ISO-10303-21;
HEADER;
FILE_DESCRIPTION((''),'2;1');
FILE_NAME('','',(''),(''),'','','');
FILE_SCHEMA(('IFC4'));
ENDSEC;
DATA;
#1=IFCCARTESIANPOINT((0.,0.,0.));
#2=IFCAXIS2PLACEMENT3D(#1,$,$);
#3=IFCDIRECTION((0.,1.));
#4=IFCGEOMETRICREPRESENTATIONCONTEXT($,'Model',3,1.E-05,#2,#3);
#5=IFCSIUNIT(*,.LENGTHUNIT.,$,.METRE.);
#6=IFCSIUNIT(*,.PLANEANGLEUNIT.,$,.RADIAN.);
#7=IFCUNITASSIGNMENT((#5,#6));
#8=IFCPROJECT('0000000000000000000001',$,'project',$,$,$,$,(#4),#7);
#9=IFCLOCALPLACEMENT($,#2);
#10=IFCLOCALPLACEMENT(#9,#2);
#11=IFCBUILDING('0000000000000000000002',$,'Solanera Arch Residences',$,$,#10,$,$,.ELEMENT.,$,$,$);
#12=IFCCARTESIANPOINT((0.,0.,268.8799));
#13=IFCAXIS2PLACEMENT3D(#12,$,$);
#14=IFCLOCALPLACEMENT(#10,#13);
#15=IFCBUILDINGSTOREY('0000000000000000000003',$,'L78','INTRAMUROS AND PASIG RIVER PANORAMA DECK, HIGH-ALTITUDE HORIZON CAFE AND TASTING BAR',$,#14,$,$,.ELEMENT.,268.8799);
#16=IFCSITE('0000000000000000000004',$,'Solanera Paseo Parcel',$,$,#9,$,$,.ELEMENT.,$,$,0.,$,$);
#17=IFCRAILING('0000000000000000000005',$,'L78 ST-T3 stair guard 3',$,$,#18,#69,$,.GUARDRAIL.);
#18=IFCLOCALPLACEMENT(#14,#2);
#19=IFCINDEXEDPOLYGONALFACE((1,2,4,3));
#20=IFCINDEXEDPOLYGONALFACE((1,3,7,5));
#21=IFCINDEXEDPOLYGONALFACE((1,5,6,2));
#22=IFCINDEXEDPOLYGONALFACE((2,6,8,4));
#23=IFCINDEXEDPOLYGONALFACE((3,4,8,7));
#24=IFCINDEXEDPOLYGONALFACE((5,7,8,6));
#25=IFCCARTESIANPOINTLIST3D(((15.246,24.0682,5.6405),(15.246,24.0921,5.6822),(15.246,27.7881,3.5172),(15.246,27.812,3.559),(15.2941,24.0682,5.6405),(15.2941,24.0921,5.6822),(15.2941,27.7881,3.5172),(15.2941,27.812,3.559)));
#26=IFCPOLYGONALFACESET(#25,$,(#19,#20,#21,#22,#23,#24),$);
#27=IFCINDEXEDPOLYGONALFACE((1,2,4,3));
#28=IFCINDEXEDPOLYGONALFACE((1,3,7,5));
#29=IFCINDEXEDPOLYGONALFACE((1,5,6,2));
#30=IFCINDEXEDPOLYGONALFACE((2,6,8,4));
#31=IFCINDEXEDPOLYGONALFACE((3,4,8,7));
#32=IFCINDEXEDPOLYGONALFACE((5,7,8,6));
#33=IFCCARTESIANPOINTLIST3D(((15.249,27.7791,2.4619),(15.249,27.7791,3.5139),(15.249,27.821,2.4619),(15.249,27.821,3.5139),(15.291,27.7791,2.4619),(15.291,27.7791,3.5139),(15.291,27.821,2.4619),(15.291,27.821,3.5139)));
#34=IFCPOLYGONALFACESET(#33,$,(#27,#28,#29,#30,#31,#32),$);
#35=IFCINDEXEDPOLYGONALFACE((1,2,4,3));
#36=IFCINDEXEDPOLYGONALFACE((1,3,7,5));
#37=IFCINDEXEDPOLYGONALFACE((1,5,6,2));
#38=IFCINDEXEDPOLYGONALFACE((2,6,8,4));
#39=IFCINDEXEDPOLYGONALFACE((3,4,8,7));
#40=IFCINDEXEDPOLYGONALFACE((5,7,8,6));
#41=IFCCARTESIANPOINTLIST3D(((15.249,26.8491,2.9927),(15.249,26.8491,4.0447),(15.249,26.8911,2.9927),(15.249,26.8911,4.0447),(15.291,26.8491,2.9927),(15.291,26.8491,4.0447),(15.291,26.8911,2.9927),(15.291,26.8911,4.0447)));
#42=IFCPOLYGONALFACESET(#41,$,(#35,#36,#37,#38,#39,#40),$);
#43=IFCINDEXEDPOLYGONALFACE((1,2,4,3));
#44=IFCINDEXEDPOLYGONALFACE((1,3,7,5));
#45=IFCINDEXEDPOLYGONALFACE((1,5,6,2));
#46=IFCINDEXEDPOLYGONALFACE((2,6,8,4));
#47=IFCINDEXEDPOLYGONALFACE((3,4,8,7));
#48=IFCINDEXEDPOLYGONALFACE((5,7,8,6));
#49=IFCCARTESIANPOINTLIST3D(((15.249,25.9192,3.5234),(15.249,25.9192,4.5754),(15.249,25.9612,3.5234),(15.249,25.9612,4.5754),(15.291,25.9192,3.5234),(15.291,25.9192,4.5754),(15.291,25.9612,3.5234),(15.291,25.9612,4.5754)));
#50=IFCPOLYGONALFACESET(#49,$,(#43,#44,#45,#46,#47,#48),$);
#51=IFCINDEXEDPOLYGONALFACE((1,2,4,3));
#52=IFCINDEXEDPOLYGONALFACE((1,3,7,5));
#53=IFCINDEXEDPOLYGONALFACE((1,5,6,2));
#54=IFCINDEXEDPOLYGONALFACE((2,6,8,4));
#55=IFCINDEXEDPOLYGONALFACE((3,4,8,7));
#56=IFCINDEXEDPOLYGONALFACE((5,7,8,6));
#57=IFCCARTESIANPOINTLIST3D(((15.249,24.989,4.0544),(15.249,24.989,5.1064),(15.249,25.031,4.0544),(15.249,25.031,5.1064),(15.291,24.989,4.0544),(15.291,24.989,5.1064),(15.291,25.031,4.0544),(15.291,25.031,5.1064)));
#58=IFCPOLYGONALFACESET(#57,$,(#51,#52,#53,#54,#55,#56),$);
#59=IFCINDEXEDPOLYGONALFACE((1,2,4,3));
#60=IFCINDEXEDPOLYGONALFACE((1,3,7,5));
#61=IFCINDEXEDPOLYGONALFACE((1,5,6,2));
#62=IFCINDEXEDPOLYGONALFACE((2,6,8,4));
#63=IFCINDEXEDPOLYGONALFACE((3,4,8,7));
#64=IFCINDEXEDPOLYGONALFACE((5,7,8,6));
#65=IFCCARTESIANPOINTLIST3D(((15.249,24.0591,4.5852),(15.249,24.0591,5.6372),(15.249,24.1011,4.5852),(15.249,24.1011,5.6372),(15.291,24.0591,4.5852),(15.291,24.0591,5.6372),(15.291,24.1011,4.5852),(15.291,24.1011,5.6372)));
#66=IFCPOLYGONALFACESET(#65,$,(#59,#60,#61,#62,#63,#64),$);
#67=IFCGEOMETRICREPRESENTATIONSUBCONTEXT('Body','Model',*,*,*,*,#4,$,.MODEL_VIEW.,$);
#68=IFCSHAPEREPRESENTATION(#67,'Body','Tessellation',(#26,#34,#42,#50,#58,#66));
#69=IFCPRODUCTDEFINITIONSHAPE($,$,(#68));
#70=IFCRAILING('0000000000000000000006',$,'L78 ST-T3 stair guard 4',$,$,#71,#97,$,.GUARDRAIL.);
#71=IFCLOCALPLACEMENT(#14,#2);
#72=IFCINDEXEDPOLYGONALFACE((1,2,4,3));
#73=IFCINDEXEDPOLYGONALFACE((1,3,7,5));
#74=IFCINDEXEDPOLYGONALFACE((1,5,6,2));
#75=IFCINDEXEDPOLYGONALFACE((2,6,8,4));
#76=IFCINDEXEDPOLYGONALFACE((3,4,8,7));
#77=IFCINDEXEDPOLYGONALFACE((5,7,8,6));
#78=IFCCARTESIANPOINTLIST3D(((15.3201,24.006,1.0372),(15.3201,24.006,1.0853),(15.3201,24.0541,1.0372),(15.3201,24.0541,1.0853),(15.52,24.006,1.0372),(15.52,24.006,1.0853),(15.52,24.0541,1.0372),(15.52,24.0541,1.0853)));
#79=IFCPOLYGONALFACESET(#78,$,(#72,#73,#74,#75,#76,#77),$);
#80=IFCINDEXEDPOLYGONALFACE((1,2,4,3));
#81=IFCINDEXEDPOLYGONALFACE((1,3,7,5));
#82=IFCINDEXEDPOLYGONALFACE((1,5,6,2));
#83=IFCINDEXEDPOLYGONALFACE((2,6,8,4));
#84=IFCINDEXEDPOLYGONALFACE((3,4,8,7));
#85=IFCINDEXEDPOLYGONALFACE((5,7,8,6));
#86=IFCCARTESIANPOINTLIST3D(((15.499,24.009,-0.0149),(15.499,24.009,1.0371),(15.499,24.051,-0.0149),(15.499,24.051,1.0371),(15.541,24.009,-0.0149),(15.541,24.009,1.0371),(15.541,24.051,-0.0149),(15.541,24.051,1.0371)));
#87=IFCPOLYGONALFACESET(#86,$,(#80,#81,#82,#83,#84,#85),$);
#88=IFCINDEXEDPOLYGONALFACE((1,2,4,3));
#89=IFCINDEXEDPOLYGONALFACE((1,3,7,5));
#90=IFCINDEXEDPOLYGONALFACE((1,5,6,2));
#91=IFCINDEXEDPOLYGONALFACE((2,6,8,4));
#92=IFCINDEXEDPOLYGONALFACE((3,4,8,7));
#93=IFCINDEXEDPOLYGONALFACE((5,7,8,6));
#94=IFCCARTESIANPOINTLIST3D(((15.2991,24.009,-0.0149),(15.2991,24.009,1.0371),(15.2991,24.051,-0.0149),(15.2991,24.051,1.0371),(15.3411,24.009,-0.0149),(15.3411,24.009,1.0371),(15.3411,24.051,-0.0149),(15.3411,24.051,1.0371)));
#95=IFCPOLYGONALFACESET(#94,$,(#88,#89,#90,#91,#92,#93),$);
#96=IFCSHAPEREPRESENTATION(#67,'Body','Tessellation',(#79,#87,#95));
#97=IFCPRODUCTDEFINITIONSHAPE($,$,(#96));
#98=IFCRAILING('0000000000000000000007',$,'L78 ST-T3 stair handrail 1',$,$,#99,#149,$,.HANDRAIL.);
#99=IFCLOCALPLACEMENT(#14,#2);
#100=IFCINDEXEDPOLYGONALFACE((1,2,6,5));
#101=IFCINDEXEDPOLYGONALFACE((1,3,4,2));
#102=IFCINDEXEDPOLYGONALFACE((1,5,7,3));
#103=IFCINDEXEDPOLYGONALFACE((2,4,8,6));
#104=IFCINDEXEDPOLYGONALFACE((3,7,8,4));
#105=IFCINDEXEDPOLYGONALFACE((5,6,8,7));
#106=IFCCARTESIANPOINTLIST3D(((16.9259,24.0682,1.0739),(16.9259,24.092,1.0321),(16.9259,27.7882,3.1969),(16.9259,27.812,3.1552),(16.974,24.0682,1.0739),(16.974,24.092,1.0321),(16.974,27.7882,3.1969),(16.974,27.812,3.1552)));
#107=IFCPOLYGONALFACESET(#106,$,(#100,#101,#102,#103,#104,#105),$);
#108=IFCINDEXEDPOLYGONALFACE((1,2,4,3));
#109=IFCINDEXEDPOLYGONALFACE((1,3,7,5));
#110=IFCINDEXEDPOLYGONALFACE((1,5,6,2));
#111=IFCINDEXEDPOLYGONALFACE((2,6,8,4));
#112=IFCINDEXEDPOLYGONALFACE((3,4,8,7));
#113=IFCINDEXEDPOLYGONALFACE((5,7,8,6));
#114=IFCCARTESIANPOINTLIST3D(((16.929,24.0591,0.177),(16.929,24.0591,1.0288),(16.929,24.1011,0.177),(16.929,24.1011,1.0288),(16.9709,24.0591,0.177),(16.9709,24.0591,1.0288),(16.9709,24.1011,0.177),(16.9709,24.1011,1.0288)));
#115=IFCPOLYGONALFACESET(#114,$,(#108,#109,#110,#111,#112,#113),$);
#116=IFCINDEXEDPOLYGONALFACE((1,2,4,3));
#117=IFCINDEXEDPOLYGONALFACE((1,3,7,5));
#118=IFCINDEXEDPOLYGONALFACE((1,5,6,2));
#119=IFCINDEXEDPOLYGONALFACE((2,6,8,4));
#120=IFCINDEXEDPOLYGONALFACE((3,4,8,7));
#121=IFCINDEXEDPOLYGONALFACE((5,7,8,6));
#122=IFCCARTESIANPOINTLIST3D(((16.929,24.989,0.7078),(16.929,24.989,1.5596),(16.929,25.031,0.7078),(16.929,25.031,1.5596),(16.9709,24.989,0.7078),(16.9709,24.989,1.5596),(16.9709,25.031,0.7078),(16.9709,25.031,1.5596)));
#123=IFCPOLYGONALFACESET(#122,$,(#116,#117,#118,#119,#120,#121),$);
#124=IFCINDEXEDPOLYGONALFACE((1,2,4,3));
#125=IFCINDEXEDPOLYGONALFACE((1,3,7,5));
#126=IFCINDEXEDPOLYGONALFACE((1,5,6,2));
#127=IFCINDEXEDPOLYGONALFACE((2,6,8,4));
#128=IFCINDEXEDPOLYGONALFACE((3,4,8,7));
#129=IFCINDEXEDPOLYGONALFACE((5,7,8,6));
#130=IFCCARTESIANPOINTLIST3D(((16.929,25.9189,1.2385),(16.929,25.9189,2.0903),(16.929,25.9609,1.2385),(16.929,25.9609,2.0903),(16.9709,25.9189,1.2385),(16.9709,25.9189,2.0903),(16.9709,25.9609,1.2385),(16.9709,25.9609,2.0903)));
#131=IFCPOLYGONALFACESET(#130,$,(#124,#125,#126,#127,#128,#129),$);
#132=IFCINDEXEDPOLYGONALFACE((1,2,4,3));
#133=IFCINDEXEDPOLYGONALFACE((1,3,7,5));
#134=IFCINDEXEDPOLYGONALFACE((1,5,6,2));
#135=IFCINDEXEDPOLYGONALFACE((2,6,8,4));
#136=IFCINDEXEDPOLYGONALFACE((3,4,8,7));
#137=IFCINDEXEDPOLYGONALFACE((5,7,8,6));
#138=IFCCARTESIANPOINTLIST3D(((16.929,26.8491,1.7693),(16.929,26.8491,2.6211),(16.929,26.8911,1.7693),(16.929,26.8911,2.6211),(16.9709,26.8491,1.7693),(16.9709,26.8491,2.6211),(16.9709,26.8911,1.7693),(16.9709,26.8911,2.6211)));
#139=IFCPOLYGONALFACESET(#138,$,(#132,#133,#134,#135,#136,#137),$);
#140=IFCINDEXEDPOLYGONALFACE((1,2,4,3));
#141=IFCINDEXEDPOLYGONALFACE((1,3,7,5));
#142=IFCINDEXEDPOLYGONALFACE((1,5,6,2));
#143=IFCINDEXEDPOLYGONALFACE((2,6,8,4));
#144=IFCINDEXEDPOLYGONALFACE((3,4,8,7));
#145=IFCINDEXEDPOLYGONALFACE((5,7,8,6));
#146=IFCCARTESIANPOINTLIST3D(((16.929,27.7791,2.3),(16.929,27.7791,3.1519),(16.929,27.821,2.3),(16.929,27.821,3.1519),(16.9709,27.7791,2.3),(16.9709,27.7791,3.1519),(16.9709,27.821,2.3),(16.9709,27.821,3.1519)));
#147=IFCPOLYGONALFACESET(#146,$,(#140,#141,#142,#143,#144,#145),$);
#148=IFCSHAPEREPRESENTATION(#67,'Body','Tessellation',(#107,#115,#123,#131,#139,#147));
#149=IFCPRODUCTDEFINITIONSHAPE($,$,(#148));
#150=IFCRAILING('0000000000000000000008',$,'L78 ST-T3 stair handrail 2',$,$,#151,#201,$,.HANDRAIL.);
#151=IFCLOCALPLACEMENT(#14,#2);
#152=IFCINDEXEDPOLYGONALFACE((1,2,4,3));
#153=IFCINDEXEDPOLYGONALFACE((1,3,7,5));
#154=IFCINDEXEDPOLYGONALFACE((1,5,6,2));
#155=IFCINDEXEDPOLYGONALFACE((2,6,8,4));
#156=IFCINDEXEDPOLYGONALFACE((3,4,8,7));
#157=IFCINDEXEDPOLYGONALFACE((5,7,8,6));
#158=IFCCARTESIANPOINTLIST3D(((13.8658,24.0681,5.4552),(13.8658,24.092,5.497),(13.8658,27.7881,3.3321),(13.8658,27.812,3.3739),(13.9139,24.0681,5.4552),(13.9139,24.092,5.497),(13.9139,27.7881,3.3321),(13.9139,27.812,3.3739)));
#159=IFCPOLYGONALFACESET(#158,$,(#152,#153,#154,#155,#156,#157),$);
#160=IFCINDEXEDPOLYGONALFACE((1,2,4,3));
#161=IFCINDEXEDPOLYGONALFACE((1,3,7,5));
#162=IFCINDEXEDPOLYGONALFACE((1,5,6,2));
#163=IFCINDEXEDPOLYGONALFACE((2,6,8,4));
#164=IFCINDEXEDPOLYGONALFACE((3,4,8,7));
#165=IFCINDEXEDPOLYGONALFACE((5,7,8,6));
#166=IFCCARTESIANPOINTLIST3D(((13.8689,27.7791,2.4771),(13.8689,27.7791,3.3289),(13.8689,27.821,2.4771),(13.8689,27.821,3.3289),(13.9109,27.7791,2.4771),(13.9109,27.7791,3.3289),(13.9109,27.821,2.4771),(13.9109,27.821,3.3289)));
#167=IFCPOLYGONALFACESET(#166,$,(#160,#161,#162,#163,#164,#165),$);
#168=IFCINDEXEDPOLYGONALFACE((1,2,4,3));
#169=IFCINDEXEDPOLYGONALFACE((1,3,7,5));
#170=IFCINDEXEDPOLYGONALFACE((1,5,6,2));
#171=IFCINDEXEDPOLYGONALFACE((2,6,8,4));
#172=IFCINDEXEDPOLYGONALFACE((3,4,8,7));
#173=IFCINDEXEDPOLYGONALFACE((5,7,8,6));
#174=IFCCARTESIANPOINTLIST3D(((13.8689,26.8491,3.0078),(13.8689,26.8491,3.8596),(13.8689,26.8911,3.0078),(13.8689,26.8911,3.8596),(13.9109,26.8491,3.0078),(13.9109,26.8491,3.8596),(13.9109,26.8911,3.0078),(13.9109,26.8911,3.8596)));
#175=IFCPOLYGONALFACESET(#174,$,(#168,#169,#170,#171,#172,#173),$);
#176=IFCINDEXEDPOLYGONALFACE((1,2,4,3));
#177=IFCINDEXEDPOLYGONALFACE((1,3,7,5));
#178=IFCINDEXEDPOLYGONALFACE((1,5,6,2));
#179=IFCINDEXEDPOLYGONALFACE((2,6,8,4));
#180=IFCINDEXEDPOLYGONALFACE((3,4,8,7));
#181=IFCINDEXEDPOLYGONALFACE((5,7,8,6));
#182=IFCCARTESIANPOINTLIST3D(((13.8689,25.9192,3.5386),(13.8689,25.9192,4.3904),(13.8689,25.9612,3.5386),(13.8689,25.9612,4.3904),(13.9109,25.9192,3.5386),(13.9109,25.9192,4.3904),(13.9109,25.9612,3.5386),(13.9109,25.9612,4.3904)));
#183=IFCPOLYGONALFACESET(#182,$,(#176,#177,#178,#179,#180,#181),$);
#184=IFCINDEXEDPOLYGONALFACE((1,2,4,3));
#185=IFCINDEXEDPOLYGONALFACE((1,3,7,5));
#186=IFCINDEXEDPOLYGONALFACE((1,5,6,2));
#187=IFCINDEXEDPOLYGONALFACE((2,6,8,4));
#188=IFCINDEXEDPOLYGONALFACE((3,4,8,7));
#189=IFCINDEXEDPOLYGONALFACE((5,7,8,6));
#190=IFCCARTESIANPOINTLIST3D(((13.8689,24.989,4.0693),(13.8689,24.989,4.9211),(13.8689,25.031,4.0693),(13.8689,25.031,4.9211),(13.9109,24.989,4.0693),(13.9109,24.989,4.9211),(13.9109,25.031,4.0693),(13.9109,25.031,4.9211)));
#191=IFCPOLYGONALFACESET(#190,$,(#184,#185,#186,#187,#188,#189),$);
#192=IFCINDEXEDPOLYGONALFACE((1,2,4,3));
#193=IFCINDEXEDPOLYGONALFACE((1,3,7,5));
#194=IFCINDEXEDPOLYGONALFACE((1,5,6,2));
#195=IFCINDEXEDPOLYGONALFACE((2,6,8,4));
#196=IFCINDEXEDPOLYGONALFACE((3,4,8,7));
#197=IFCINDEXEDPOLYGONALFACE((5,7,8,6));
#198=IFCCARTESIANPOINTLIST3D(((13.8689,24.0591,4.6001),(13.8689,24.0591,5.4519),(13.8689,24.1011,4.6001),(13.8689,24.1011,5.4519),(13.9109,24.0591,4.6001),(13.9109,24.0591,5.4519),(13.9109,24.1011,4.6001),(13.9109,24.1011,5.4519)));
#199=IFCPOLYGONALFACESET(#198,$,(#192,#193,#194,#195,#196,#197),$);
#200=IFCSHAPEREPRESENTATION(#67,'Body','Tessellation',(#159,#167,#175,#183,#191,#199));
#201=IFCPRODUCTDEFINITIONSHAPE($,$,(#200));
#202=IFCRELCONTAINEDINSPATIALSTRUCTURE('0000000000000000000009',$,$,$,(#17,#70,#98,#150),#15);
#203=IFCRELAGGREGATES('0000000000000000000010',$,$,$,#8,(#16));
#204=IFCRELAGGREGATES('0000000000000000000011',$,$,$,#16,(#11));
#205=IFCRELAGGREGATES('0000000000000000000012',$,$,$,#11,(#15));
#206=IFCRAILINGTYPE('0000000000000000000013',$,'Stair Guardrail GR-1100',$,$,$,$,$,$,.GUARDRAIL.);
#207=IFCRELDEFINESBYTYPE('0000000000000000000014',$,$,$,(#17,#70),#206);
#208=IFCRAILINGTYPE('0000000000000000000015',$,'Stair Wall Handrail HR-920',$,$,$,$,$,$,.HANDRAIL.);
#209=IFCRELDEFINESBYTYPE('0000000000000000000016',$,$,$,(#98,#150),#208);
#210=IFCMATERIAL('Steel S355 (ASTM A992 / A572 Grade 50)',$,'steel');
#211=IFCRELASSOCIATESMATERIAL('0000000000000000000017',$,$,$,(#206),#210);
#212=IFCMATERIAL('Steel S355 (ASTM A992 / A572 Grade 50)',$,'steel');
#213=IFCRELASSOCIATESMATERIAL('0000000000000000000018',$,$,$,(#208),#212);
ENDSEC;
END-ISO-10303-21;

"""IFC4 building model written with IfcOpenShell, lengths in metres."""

from ifc_helpers import new_model, si_unit, direction, frame, origin, origin_2d, place, context, subcontext, project, spatial, rectangle, extrude, material, type_object, element, save


model = new_model("IFC4")

# Units and contexts
model_context = context("Model", 3, precision=1e-05, world=origin(), true_north=direction((0.0, 1.0)))
body_context = subcontext(model_context, "Body", "Model", "MODEL_VIEW")
ifc_project = project(units=[si_unit("LENGTHUNIT", "METRE"), si_unit("PLANEANGLEUNIT", "RADIAN")], contexts=[model_context])

# Site, building, storey
site_placement = place(None, origin())
site = spatial("IfcSite", under=ifc_project, at=site_placement, Name="Solanera Paseo Parcel", CompositionType="ELEMENT", RefElevation=0.0)
building_placement = place(site_placement, origin())
building = spatial("IfcBuilding", under=site, at=building_placement, Name="Solanera Arch Residences", CompositionType="ELEMENT")
storey_placement = place(building_placement, frame((0.0, 0.0, 268.8799)))
storey = spatial("IfcBuildingStorey", under=building, at=storey_placement, Name="L78", Description="INTRAMUROS AND PASIG RIVER PANORAMA DECK, HIGH-ALTITUDE HORIZON CAFE AND TASTING BAR", CompositionType="ELEMENT", Elevation=268.8799)

# Railings
ifc_material_1 = material(Name="Steel S355 (ASTM A992 / A572 Grade 50)", Category="steel")
railing_type_1 = type_object("IfcRailingType", Name="Stair Guardrail GR-1100", PredefinedType="GUARDRAIL", material=ifc_material_1)
railing_1_placement = place(storey_placement, frame((15.27, 27.8, 2.4619)))
element("IfcRailing", 1, at=railing_1_placement, inside=storey, type_object=railing_type_1, Name="L78 ST-T3 stair guard 3", PredefinedType="GUARDRAIL", context=body_context, shape_type="SweptSolid", body=[
    extrude(rectangle(XDim=0.0481, YDim=0.0481, at=origin_2d()), frame((0.0, 0.0, 1.0762), z_axis=(0.0, -0.868485, 0.495715), x_axis=(1.0, 0.0, 0.0)), (0.0, 0.0, 1.0), 4.2832),
    extrude(rectangle(XDim=0.042, YDim=0.042, at=origin_2d()), origin(), (0.0, 0.0, 1.0), 1.052),
    extrude(rectangle(XDim=0.042, YDim=0.042, at=origin_2d()), frame((0.0, -0.9299, 0.5308)), (0.0, 0.0, 1.0), 1.052),
    extrude(rectangle(XDim=0.042, YDim=0.042, at=origin_2d()), frame((0.0, -1.8599, 1.0615)), (0.0, 0.0, 1.0), 1.052),
    extrude(rectangle(XDim=0.042, YDim=0.042, at=origin_2d()), frame((0.0, -2.79, 1.5925)), (0.0, 0.0, 1.0), 1.052),
    extrude(rectangle(XDim=0.042, YDim=0.042, at=origin_2d()), frame((0.0, -3.72, 2.1233)), (0.0, 0.0, 1.0), 1.052),
])
railing_2_placement = place(storey_placement, frame((15.52, 24.03, -0.0149)))
element("IfcRailing", 2, at=railing_2_placement, inside=storey, type_object=railing_type_1, Name="L78 ST-T3 stair guard 4", PredefinedType="GUARDRAIL", context=body_context, shape_type="SweptSolid", body=[
    extrude(rectangle(XDim=0.0481, YDim=0.0481, at=origin_2d()), frame((0.0, 0.0, 1.0762), z_axis=(-1.0, 0.0, 0.0), x_axis=(0.0, -1.0, 0.0)), (0.0, 0.0, 1.0), 0.2),
    extrude(rectangle(XDim=0.042, YDim=0.042, at=origin_2d()), origin(), (0.0, 0.0, 1.0), 1.052),
    extrude(rectangle(XDim=0.042, YDim=0.042, at=origin_2d()), frame((-0.2, 0.0, 0.0)), (0.0, 0.0, 1.0), 1.052),
])
ifc_material_2 = material(Name="Steel S355 (ASTM A992 / A572 Grade 50)", Category="steel")
railing_type_2 = type_object("IfcRailingType", Name="Stair Wall Handrail HR-920", PredefinedType="HANDRAIL", material=ifc_material_2)
railing_3_placement = place(storey_placement, frame((16.95, 24.0801, 0.177)))
element("IfcRailing", 3, at=railing_3_placement, inside=storey, type_object=railing_type_2, Name="L78 ST-T3 stair handrail 1", PredefinedType="HANDRAIL", context=body_context, shape_type="SweptSolid", body=[
    extrude(rectangle(XDim=0.0481, YDim=0.0481, at=origin_2d()), frame((0.0, 0.0, 0.876), z_axis=(0.0, 0.86851, 0.495672), x_axis=(-1.0, 0.0, 0.0)), (0.0, 0.0, 1.0), 4.2832),
    extrude(rectangle(XDim=0.042, YDim=0.042, at=origin_2d()), origin(), (0.0, 0.0, 1.0), 0.8518),
    extrude(rectangle(XDim=0.042, YDim=0.042, at=origin_2d()), frame((0.0, 0.9299, 0.5308)), (0.0, 0.0, 1.0), 0.8518),
    extrude(rectangle(XDim=0.042, YDim=0.042, at=origin_2d()), frame((0.0, 1.8599, 1.0615)), (0.0, 0.0, 1.0), 0.8518),
    extrude(rectangle(XDim=0.042, YDim=0.042, at=origin_2d()), frame((0.0, 2.79, 1.5923)), (0.0, 0.0, 1.0), 0.8518),
    extrude(rectangle(XDim=0.042, YDim=0.042, at=origin_2d()), frame((0.0, 3.72, 2.123)), (0.0, 0.0, 1.0), 0.8518),
])
railing_4_placement = place(storey_placement, frame((13.8899, 27.8, 2.4771)))
element("IfcRailing", 4, at=railing_4_placement, inside=storey, type_object=railing_type_2, Name="L78 ST-T3 stair handrail 2", PredefinedType="HANDRAIL", context=body_context, shape_type="SweptSolid", body=[
    extrude(rectangle(XDim=0.0481, YDim=0.0481, at=origin_2d()), frame((0.0, 0.0, 0.876), z_axis=(0.0, -0.86851, 0.495672), x_axis=(1.0, 0.0, 0.0)), (0.0, 0.0, 1.0), 4.2832),
    extrude(rectangle(XDim=0.042, YDim=0.042, at=origin_2d()), origin(), (0.0, 0.0, 1.0), 0.8518),
    extrude(rectangle(XDim=0.042, YDim=0.042, at=origin_2d()), frame((0.0, -0.9299, 0.5308)), (0.0, 0.0, 1.0), 0.8518),
    extrude(rectangle(XDim=0.042, YDim=0.042, at=origin_2d()), frame((0.0, -1.8599, 1.0615)), (0.0, 0.0, 1.0), 0.8518),
    extrude(rectangle(XDim=0.042, YDim=0.042, at=origin_2d()), frame((0.0, -2.79, 1.5923)), (0.0, 0.0, 1.0), 0.8518),
    extrude(rectangle(XDim=0.042, YDim=0.042, at=origin_2d()), frame((0.0, -3.72, 2.123)), (0.0, 0.0, 1.0), 0.8518),
])

save(model, "model.ifc")
